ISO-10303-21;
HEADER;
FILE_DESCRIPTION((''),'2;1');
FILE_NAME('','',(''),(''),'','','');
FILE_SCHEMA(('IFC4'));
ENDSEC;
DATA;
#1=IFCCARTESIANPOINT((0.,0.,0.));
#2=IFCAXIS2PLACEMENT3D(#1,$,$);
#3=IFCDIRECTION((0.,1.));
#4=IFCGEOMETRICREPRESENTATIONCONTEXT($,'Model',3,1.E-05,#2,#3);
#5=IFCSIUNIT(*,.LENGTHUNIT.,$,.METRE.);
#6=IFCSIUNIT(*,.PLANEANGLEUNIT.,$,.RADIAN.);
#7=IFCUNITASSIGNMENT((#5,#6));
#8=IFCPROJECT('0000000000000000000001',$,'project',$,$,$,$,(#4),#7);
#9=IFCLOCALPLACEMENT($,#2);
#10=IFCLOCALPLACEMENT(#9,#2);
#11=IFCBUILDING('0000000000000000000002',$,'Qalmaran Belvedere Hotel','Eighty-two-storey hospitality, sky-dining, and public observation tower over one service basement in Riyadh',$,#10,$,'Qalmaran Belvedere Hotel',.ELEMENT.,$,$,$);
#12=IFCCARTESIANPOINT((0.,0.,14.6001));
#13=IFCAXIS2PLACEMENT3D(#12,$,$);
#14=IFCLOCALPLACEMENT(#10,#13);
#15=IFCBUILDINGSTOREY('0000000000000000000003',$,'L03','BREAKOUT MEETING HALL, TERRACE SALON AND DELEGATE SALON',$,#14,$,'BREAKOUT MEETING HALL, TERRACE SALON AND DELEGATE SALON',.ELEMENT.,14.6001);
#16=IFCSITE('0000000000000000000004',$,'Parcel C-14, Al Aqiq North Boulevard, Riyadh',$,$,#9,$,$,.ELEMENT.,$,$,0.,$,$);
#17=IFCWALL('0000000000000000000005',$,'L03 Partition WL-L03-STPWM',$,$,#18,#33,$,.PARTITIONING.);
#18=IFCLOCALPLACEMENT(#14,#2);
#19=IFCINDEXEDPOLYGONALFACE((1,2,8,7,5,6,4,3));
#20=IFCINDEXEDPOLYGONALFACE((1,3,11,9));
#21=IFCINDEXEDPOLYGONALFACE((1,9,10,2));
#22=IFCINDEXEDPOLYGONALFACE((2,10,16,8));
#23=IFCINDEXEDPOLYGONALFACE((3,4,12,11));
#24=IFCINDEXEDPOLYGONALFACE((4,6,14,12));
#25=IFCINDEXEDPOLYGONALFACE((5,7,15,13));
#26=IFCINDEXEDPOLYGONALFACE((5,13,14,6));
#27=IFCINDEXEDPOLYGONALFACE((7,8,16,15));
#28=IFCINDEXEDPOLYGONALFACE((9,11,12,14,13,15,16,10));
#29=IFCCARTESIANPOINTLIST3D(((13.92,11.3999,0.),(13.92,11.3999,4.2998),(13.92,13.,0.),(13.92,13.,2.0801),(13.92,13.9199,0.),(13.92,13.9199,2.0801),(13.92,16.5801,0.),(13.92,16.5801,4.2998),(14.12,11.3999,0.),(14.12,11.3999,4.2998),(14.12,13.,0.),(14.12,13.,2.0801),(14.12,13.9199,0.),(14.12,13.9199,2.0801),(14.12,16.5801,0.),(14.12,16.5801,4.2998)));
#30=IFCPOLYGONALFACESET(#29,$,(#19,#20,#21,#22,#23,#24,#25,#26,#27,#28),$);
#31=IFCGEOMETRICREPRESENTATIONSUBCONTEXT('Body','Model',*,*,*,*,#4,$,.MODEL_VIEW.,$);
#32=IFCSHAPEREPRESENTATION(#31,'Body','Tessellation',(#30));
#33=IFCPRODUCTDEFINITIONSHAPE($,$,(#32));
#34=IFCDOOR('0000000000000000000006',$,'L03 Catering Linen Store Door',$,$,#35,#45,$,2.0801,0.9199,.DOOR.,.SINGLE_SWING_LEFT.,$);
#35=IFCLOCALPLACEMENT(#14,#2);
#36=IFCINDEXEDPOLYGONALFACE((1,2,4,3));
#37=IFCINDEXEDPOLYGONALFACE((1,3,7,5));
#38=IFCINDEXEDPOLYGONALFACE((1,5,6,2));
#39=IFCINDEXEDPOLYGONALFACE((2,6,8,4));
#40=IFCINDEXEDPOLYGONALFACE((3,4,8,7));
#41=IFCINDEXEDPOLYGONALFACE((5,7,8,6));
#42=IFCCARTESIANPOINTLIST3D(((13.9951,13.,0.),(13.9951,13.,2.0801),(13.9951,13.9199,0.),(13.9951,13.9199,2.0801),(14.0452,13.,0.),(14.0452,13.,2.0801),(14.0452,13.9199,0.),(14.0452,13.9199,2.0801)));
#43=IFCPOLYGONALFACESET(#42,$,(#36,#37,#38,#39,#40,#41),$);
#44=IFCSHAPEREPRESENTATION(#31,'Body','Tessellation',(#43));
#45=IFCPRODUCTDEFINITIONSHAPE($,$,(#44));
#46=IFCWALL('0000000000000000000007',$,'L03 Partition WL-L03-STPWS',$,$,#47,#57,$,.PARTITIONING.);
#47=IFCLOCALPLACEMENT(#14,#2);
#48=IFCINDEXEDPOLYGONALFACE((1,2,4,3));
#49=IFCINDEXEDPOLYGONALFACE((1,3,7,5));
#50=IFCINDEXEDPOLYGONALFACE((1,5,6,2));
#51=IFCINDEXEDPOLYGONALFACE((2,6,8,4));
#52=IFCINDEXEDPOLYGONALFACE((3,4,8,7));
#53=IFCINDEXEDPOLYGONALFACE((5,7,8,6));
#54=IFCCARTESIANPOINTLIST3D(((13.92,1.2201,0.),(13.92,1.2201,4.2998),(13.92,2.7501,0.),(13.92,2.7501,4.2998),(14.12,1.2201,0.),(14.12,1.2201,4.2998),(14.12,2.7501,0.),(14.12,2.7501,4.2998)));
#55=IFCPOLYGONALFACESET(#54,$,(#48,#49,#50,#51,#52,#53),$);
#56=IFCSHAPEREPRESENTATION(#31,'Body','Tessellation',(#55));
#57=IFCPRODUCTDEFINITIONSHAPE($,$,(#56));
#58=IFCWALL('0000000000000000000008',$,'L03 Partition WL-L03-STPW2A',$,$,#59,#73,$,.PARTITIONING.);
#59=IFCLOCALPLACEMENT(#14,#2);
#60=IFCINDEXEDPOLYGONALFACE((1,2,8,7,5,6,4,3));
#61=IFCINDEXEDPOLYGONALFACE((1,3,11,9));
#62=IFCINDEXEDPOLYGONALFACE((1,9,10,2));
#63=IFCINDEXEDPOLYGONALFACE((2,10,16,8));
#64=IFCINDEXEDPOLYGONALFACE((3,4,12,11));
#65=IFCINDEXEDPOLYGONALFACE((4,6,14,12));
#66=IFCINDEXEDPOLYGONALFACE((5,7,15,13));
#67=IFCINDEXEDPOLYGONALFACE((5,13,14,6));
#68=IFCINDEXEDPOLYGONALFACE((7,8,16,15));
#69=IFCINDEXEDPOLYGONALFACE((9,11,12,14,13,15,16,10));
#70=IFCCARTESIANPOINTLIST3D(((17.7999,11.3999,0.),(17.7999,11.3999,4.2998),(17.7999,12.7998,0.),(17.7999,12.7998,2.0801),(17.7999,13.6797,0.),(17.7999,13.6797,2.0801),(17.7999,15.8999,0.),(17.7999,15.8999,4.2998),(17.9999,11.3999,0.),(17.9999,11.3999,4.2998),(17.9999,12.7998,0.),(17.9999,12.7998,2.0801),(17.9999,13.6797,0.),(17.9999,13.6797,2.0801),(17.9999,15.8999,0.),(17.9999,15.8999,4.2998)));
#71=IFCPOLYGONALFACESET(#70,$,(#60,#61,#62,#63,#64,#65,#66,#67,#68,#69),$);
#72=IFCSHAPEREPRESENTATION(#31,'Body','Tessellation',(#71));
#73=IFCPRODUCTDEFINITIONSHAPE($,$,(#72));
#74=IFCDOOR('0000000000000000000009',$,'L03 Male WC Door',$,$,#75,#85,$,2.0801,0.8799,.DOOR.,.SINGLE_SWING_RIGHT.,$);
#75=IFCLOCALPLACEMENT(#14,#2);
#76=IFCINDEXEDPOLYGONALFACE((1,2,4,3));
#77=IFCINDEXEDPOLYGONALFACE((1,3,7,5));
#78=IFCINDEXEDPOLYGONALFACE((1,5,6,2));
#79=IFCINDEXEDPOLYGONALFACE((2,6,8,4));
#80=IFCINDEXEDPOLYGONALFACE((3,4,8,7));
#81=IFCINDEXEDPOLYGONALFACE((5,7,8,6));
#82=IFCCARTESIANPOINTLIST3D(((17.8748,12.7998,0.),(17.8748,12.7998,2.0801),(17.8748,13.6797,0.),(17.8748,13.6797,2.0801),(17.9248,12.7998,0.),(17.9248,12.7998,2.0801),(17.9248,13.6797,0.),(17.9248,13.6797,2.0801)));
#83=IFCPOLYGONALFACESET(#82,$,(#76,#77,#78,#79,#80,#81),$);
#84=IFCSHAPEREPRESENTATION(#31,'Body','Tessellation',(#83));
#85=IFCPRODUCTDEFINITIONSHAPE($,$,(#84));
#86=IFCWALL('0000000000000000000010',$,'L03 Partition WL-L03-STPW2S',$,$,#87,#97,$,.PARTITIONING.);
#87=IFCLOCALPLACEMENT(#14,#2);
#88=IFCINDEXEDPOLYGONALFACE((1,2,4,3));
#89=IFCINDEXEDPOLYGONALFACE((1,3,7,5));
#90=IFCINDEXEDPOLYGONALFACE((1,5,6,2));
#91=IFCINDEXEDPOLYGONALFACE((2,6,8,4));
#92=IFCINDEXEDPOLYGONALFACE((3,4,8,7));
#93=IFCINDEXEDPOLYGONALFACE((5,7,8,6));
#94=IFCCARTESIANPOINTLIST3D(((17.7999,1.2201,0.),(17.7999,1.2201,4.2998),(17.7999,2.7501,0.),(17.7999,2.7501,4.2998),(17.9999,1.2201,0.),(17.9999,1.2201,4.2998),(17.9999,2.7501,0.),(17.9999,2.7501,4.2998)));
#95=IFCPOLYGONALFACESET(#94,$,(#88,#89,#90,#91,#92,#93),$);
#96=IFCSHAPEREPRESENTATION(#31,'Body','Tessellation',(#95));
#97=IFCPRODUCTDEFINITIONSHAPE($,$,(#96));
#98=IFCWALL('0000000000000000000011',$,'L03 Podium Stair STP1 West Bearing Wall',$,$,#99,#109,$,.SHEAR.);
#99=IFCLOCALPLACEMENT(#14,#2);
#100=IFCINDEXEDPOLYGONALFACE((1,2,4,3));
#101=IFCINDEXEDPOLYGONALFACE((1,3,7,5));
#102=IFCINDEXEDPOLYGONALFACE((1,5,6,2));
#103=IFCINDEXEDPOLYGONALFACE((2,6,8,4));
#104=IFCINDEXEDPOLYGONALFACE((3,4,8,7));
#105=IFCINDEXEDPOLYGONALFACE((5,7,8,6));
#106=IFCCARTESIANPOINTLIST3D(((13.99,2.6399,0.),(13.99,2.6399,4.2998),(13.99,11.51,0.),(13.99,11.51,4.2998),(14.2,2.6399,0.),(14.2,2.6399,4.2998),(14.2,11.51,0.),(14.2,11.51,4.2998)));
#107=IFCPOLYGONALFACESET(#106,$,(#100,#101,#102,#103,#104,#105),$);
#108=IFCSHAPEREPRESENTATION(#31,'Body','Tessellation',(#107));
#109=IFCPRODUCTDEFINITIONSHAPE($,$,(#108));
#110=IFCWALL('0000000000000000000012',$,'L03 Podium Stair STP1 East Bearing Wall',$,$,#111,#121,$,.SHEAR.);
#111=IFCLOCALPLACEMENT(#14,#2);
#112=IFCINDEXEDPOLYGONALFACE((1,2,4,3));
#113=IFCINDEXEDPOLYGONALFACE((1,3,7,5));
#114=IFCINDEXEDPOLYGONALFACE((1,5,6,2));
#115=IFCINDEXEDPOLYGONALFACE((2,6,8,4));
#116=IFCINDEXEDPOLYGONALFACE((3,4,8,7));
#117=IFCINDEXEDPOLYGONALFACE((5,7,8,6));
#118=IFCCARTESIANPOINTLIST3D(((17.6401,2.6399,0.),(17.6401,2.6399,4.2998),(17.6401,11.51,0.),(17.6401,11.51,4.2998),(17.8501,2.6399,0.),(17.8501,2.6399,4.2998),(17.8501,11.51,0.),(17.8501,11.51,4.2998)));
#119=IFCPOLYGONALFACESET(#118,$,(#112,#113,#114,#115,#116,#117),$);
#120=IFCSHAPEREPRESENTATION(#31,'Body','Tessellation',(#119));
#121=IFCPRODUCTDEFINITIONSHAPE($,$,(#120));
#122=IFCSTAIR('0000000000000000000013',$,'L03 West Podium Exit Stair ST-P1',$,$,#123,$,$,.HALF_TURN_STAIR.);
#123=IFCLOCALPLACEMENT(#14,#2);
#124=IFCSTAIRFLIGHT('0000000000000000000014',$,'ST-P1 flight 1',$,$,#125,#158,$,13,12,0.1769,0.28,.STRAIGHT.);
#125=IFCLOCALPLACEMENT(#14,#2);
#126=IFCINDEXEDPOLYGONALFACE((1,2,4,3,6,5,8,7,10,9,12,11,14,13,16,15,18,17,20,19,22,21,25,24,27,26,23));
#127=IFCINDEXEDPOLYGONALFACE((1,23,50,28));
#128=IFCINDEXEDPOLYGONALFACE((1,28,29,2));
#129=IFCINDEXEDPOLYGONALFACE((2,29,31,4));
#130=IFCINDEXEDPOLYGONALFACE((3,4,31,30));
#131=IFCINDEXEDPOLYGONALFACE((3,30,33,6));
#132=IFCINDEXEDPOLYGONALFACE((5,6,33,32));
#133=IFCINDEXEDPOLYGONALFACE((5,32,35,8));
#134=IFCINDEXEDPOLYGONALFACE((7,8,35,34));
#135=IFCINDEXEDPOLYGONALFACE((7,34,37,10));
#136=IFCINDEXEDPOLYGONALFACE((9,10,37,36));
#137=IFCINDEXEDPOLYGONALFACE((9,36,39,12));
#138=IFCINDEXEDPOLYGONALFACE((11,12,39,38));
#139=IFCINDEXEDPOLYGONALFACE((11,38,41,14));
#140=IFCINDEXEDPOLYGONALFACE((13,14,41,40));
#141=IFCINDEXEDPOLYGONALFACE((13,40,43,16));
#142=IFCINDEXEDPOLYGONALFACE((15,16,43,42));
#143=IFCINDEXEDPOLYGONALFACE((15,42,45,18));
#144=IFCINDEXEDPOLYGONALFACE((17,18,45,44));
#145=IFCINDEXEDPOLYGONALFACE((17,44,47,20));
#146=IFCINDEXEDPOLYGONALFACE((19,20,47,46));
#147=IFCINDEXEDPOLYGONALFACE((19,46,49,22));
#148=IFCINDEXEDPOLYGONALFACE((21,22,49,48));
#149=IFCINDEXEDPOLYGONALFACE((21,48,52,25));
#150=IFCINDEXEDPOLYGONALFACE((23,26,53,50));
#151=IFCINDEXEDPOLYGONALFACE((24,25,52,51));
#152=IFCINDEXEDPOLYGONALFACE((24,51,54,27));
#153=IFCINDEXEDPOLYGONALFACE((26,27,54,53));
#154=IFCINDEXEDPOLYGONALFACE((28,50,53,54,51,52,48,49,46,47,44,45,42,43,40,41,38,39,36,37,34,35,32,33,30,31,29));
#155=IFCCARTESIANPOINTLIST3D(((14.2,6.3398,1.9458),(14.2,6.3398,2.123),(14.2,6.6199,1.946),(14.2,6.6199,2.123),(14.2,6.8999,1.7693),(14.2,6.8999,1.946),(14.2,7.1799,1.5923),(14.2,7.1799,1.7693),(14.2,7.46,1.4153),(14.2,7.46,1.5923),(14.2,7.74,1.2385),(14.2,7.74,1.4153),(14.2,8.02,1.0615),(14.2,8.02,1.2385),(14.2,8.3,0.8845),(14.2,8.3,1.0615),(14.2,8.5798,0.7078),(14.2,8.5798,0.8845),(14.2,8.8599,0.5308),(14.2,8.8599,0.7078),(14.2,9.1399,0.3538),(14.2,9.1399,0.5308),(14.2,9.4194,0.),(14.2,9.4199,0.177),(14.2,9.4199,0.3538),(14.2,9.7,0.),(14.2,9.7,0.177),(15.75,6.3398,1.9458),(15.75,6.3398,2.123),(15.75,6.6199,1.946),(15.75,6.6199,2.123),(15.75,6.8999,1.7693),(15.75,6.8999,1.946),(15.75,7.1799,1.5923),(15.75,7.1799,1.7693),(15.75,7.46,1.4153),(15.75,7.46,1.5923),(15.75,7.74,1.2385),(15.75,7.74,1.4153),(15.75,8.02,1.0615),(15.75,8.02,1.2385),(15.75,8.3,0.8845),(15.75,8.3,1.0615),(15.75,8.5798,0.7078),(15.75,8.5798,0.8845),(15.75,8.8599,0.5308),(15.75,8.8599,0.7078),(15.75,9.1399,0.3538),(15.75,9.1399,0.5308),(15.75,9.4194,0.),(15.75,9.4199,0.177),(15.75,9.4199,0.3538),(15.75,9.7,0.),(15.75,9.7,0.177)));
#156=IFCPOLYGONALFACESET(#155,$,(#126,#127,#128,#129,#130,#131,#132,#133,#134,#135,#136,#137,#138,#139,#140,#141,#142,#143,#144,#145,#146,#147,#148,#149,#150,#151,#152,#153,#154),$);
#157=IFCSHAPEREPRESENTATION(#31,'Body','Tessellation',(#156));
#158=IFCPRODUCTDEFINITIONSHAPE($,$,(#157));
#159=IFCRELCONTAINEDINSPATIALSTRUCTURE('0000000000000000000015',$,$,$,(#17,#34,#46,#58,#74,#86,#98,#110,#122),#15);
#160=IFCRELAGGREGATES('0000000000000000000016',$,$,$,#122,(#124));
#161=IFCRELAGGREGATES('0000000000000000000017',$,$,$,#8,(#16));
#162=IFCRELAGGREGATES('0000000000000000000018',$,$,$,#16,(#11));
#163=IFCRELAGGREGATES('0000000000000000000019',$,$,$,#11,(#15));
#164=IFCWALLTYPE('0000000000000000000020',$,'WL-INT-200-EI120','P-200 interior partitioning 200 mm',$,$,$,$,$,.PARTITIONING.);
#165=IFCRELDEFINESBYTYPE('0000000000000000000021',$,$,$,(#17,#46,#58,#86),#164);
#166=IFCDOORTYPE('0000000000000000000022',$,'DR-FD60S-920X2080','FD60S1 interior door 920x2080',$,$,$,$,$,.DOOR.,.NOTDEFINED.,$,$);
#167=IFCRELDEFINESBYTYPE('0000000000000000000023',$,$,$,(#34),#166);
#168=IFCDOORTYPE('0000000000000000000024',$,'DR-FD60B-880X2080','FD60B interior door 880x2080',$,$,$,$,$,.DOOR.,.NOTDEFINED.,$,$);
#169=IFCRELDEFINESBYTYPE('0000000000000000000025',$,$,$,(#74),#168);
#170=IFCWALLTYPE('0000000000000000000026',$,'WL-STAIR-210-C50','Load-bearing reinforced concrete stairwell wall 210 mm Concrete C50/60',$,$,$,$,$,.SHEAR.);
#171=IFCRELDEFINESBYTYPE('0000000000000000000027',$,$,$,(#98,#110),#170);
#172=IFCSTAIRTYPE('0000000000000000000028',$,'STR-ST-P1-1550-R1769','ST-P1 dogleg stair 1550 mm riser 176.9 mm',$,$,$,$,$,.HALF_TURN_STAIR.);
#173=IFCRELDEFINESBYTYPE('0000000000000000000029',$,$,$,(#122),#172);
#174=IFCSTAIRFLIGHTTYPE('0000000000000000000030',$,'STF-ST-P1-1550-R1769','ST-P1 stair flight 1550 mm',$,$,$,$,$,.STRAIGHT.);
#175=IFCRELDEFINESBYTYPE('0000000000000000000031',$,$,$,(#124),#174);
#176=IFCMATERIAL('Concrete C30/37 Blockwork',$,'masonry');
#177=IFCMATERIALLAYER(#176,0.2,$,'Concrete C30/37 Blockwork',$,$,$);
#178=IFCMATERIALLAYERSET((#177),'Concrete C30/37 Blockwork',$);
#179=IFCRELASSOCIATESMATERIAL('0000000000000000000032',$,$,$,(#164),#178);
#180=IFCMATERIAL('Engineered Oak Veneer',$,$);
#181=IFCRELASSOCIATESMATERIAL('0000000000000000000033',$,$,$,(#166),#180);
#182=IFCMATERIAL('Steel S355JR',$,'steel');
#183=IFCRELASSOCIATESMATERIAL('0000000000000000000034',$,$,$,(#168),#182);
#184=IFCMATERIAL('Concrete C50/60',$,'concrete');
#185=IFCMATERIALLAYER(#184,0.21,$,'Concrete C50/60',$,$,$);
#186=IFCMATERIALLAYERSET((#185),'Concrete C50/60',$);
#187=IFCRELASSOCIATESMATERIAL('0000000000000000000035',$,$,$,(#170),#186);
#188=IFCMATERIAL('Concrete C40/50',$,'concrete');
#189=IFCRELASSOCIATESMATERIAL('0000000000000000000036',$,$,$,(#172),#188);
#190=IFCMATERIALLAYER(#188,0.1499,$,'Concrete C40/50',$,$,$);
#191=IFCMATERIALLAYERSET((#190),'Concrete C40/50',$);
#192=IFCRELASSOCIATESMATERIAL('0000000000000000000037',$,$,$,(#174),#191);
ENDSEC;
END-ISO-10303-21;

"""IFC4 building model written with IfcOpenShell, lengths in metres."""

from ifc_helpers import new_model, si_unit, direction, frame, frame_2d, origin, place, context, subcontext, project, spatial, polyline, rectangle, outline, extrude, material, layer, layer_set, type_object, element, fill, aggregate, save


model = new_model("IFC4")

# Units and contexts
model_context = context("Model", 3, precision=1e-05, world=origin(), true_north=direction((0.0, 1.0)))
body_context = subcontext(model_context, "Body", "Model", "MODEL_VIEW")
ifc_project = project(units=[si_unit("LENGTHUNIT", "METRE"), si_unit("PLANEANGLEUNIT", "RADIAN")], contexts=[model_context])

# Site, building, storey
site_placement = place(None, origin())
site = spatial("IfcSite", under=ifc_project, at=site_placement, Name="Parcel C-14, Al Aqiq North Boulevard, Riyadh", CompositionType="ELEMENT", RefElevation=0.0)
building_placement = place(site_placement, origin())
building = spatial("IfcBuilding", under=site, at=building_placement, Name="Qalmaran Belvedere Hotel", Description="Eighty-two-storey hospitality, sky-dining, and public observation tower over one service basement in Riyadh", LongName="Qalmaran Belvedere Hotel", CompositionType="ELEMENT")
storey_placement = place(building_placement, frame((0.0, 0.0, 14.6001)))
storey = spatial("IfcBuildingStorey", under=building, at=storey_placement, Name="L03", Description="BREAKOUT MEETING HALL, TERRACE SALON AND DELEGATE SALON", LongName="BREAKOUT MEETING HALL, TERRACE SALON AND DELEGATE SALON", CompositionType="ELEMENT", Elevation=14.6001)

# Shared definitions
ifc_material_1 = material(Name="Steel S355JR", Category="steel")

# Wall, opening, door
ifc_material_2 = material(Name="Concrete C30/37 Blockwork", Category="masonry")
ifc_layer_1 = layer(ifc_material_2, 0.2, Name="Concrete C30/37 Blockwork")
ifc_layer_set_1 = layer_set([ifc_layer_1], Name="Concrete C30/37 Blockwork")
wall_type_1 = type_object("IfcWallType", Name="WL-INT-200-EI120", Description="P-200 interior partitioning 200 mm", PredefinedType="PARTITIONING", material=ifc_layer_set_1)
wall_1_placement = place(storey_placement, frame((14.02, 11.3999, 0.0), z_axis=(0.0, 0.0, 1.0), x_axis=(0.0, 1.0, 0.0)))
wall_1 = element("IfcWall", 1, at=wall_1_placement, inside=storey, type_object=wall_type_1, Name="L03 Partition WL-L03-STPWM", PredefinedType="PARTITIONING", context=body_context, shape_type="SweptSolid", body=[
    extrude(rectangle(XDim=5.1802, YDim=0.2, at=frame_2d((2.5901, 0.0))), origin(), (0.0, 0.0, 1.0), 4.2998),
])
opening_1_placement = place(wall_1_placement, frame((1.6001, 0.0, 0.0)))
opening_1 = element("IfcOpeningElement", 2, at=opening_1_placement, cuts=wall_1, PredefinedType="OPENING", context=body_context, shape_type="SweptSolid", body=[
    extrude(rectangle(XDim=0.9199, YDim=2.0801, at=frame_2d((0.46, 1.04))), frame((0.0, 0.1099, 0.0), z_axis=(0.0, -1.0, 0.0), x_axis=(1.0, 0.0, 0.0)), (0.0, 0.0, 1.0), 0.22),
])
ifc_material_3 = material(Name="Engineered Oak Veneer")
door_type_1 = type_object("IfcDoorType", Name="DR-FD60S-920X2080", Description="FD60S1 interior door 920x2080", OperationType="NOTDEFINED", PredefinedType="DOOR", material=ifc_material_3)
door_1_placement = place(opening_1_placement, origin())
door_1 = element("IfcDoor", 3, at=door_1_placement, inside=storey, type_object=door_type_1, Name="L03 Catering Linen Store Door", OperationType="SINGLE_SWING_LEFT", OverallHeight=2.0801, OverallWidth=0.9199, PredefinedType="DOOR", context=body_context, shape_type="SweptSolid", body=[
    extrude(rectangle(XDim=0.9199, YDim=2.0801, at=frame_2d((0.46, 1.04))), frame((0.0, 0.0249, 0.0), z_axis=(0.0, -1.0, 0.0), x_axis=(1.0, 0.0, 0.0)), (0.0, 0.0, 1.0), 0.05),
])
fill(opening_1, door_1)

# Wall
wall_2_placement = place(storey_placement, frame((14.02, 1.22, 0.0), z_axis=(0.0, 0.0, 1.0), x_axis=(0.0, 1.0, 0.0)))
element("IfcWall", 4, at=wall_2_placement, inside=storey, type_object=wall_type_1, Name="L03 Partition WL-L03-STPWS", PredefinedType="PARTITIONING", context=body_context, shape_type="SweptSolid", body=[
    extrude(rectangle(XDim=1.53, YDim=0.2, at=frame_2d((0.7651, 0.0))), origin(), (0.0, 0.0, 1.0), 4.2998),
])

# Wall, opening, door
wall_3_placement = place(storey_placement, frame((17.8999, 11.3999, 0.0), z_axis=(0.0, 0.0, 1.0), x_axis=(0.0, 1.0, 0.0)))
wall_3 = element("IfcWall", 5, at=wall_3_placement, inside=storey, type_object=wall_type_1, Name="L03 Partition WL-L03-STPW2A", PredefinedType="PARTITIONING", context=body_context, shape_type="SweptSolid", body=[
    extrude(rectangle(XDim=4.5, YDim=0.2, at=frame_2d((2.25, 0.0))), origin(), (0.0, 0.0, 1.0), 4.2998),
])
opening_2_placement = place(wall_3_placement, frame((2.2798, 0.0, 0.0), z_axis=(0.0, 0.0, 1.0), x_axis=(-1.0, 0.0, 0.0)))
opening_2 = element("IfcOpeningElement", 6, at=opening_2_placement, cuts=wall_3, PredefinedType="OPENING", context=body_context, shape_type="SweptSolid", body=[
    extrude(rectangle(XDim=0.8799, YDim=2.0801, at=frame_2d((0.4399, 1.04))), frame((0.0, 0.1099, 0.0), z_axis=(0.0, -1.0, 0.0), x_axis=(1.0, 0.0, 0.0)), (0.0, 0.0, 1.0), 0.22),
])
door_type_2 = type_object("IfcDoorType", Name="DR-FD60B-880X2080", Description="FD60B interior door 880x2080", OperationType="NOTDEFINED", PredefinedType="DOOR", material=ifc_material_1)
door_2_placement = place(opening_2_placement, origin())
door_2 = element("IfcDoor", 7, at=door_2_placement, inside=storey, type_object=door_type_2, Name="L03 Male WC Door", OperationType="SINGLE_SWING_RIGHT", OverallHeight=2.0801, OverallWidth=0.8799, PredefinedType="DOOR", context=body_context, shape_type="SweptSolid", body=[
    extrude(rectangle(XDim=0.8799, YDim=2.0801, at=frame_2d((0.4399, 1.04))), frame((0.0, 0.0249, 0.0), z_axis=(0.0, -1.0, 0.0), x_axis=(1.0, 0.0, 0.0)), (0.0, 0.0, 1.0), 0.05),
])
fill(opening_2, door_2)

# Walls
wall_4_placement = place(storey_placement, frame((17.8999, 1.22, 0.0), z_axis=(0.0, 0.0, 1.0), x_axis=(0.0, 1.0, 0.0)))
element("IfcWall", 8, at=wall_4_placement, inside=storey, type_object=wall_type_1, Name="L03 Partition WL-L03-STPW2S", PredefinedType="PARTITIONING", context=body_context, shape_type="SweptSolid", body=[
    extrude(rectangle(XDim=1.53, YDim=0.2, at=frame_2d((0.7651, 0.0))), origin(), (0.0, 0.0, 1.0), 4.2998),
])
ifc_material_4 = material(Name="Concrete C50/60", Category="concrete")
ifc_layer_2 = layer(ifc_material_4, 0.21, Name="Concrete C50/60")
ifc_layer_set_2 = layer_set([ifc_layer_2], Name="Concrete C50/60")
wall_type_2 = type_object("IfcWallType", Name="WL-STAIR-210-C50", Description="Load-bearing reinforced concrete stairwell wall 210 mm Concrete C50/60", PredefinedType="SHEAR", material=ifc_layer_set_2)
for number, where, z_axis, x_axis, name in (
    (9, (14.095, 2.6399, 0.0), (0.0, 0.0, 1.0), (0.0, 1.0, 0.0), "L03 Podium Stair STP1 West Bearing Wall"),
    (10, (17.7451, 2.6399, 0.0), (0.0, 0.0, 1.0), (0.0, 1.0, 0.0), "L03 Podium Stair STP1 East Bearing Wall"),
):
    element("IfcWall", number, at=place(storey_placement, frame(where, z_axis=z_axis, x_axis=x_axis)), inside=storey, type_object=wall_type_2, Name=name, PredefinedType="SHEAR", context=body_context, shape_type="SweptSolid", body=[
        extrude(rectangle(XDim=8.8701, YDim=0.21, at=frame_2d((4.4351, 0.0))), origin(), (0.0, 0.0, 1.0), 4.2998),
    ])

# Stair, stair flight
ifc_material_5 = material(Name="Concrete C40/50", Category="concrete")
stair_type = type_object("IfcStairType", Name="STR-ST-P1-1550-R1769", Description="ST-P1 dogleg stair 1550 mm riser 176.9 mm", PredefinedType="HALF_TURN_STAIR", material=ifc_material_5)
stair_placement = place(storey_placement, origin())
stair = element("IfcStair", 11, at=stair_placement, inside=storey, type_object=stair_type, Name="L03 West Podium Exit Stair ST-P1", PredefinedType="HALF_TURN_STAIR")
ifc_layer_3 = layer(ifc_material_5, 0.1499, Name="Concrete C40/50")
ifc_layer_set_3 = layer_set([ifc_layer_3], Name="Concrete C40/50")
stair_flight_type = type_object("IfcStairFlightType", Name="STF-ST-P1-1550-R1769", Description="ST-P1 stair flight 1550 mm", PredefinedType="STRAIGHT", material=ifc_layer_set_3)
stair_flight_1_placement = place(storey_placement, frame((14.9751, 9.7, 0.0), z_axis=(0.0, 0.0, 1.0), x_axis=(0.0, -1.0, 0.0)))
stair_flight_1 = element("IfcStairFlight", 12, at=stair_flight_1_placement, type_object=stair_flight_type, Name="ST-P1 flight 1", NumberOfRisers=13, NumberOfTreads=12, PredefinedType="STRAIGHT", RiserHeight=0.1769, TreadLength=0.28, context=body_context, shape_type="SweptSolid", body=[
    extrude(outline(polyline([(0.0, 0.0), (0.0, 0.177), (0.28, 0.177), (0.28, 0.3538), (0.5601, 0.3538), (0.5601, 0.5308), (0.8401, 0.5308), (0.8401, 0.7078), (1.1201, 0.7078), (1.1201, 0.8845), (1.3999, 0.8845), (1.3999, 1.0615), (1.6799, 1.0615), (1.6799, 1.2385), (1.96, 1.2385), (1.96, 1.4153), (2.24, 1.4153), (2.24, 1.5923), (2.52, 1.5923), (2.52, 1.7693), (2.8, 1.7693), (2.8, 1.946), (3.0801, 1.946), (3.0801, 2.123), (3.3601, 2.123), (3.3601, 2.3), (3.3601, 1.9458), (0.2805, 0.0), (0.0, 0.0)])), frame((0.0, 0.7749, 0.0), z_axis=(0.0, -1.0, 0.0), x_axis=(1.0, 0.0, 0.0)), (0.0, 0.0, 1.0), 1.55),
])
aggregate(stair, [stair_flight_1])

save(model, "model.ifc")
